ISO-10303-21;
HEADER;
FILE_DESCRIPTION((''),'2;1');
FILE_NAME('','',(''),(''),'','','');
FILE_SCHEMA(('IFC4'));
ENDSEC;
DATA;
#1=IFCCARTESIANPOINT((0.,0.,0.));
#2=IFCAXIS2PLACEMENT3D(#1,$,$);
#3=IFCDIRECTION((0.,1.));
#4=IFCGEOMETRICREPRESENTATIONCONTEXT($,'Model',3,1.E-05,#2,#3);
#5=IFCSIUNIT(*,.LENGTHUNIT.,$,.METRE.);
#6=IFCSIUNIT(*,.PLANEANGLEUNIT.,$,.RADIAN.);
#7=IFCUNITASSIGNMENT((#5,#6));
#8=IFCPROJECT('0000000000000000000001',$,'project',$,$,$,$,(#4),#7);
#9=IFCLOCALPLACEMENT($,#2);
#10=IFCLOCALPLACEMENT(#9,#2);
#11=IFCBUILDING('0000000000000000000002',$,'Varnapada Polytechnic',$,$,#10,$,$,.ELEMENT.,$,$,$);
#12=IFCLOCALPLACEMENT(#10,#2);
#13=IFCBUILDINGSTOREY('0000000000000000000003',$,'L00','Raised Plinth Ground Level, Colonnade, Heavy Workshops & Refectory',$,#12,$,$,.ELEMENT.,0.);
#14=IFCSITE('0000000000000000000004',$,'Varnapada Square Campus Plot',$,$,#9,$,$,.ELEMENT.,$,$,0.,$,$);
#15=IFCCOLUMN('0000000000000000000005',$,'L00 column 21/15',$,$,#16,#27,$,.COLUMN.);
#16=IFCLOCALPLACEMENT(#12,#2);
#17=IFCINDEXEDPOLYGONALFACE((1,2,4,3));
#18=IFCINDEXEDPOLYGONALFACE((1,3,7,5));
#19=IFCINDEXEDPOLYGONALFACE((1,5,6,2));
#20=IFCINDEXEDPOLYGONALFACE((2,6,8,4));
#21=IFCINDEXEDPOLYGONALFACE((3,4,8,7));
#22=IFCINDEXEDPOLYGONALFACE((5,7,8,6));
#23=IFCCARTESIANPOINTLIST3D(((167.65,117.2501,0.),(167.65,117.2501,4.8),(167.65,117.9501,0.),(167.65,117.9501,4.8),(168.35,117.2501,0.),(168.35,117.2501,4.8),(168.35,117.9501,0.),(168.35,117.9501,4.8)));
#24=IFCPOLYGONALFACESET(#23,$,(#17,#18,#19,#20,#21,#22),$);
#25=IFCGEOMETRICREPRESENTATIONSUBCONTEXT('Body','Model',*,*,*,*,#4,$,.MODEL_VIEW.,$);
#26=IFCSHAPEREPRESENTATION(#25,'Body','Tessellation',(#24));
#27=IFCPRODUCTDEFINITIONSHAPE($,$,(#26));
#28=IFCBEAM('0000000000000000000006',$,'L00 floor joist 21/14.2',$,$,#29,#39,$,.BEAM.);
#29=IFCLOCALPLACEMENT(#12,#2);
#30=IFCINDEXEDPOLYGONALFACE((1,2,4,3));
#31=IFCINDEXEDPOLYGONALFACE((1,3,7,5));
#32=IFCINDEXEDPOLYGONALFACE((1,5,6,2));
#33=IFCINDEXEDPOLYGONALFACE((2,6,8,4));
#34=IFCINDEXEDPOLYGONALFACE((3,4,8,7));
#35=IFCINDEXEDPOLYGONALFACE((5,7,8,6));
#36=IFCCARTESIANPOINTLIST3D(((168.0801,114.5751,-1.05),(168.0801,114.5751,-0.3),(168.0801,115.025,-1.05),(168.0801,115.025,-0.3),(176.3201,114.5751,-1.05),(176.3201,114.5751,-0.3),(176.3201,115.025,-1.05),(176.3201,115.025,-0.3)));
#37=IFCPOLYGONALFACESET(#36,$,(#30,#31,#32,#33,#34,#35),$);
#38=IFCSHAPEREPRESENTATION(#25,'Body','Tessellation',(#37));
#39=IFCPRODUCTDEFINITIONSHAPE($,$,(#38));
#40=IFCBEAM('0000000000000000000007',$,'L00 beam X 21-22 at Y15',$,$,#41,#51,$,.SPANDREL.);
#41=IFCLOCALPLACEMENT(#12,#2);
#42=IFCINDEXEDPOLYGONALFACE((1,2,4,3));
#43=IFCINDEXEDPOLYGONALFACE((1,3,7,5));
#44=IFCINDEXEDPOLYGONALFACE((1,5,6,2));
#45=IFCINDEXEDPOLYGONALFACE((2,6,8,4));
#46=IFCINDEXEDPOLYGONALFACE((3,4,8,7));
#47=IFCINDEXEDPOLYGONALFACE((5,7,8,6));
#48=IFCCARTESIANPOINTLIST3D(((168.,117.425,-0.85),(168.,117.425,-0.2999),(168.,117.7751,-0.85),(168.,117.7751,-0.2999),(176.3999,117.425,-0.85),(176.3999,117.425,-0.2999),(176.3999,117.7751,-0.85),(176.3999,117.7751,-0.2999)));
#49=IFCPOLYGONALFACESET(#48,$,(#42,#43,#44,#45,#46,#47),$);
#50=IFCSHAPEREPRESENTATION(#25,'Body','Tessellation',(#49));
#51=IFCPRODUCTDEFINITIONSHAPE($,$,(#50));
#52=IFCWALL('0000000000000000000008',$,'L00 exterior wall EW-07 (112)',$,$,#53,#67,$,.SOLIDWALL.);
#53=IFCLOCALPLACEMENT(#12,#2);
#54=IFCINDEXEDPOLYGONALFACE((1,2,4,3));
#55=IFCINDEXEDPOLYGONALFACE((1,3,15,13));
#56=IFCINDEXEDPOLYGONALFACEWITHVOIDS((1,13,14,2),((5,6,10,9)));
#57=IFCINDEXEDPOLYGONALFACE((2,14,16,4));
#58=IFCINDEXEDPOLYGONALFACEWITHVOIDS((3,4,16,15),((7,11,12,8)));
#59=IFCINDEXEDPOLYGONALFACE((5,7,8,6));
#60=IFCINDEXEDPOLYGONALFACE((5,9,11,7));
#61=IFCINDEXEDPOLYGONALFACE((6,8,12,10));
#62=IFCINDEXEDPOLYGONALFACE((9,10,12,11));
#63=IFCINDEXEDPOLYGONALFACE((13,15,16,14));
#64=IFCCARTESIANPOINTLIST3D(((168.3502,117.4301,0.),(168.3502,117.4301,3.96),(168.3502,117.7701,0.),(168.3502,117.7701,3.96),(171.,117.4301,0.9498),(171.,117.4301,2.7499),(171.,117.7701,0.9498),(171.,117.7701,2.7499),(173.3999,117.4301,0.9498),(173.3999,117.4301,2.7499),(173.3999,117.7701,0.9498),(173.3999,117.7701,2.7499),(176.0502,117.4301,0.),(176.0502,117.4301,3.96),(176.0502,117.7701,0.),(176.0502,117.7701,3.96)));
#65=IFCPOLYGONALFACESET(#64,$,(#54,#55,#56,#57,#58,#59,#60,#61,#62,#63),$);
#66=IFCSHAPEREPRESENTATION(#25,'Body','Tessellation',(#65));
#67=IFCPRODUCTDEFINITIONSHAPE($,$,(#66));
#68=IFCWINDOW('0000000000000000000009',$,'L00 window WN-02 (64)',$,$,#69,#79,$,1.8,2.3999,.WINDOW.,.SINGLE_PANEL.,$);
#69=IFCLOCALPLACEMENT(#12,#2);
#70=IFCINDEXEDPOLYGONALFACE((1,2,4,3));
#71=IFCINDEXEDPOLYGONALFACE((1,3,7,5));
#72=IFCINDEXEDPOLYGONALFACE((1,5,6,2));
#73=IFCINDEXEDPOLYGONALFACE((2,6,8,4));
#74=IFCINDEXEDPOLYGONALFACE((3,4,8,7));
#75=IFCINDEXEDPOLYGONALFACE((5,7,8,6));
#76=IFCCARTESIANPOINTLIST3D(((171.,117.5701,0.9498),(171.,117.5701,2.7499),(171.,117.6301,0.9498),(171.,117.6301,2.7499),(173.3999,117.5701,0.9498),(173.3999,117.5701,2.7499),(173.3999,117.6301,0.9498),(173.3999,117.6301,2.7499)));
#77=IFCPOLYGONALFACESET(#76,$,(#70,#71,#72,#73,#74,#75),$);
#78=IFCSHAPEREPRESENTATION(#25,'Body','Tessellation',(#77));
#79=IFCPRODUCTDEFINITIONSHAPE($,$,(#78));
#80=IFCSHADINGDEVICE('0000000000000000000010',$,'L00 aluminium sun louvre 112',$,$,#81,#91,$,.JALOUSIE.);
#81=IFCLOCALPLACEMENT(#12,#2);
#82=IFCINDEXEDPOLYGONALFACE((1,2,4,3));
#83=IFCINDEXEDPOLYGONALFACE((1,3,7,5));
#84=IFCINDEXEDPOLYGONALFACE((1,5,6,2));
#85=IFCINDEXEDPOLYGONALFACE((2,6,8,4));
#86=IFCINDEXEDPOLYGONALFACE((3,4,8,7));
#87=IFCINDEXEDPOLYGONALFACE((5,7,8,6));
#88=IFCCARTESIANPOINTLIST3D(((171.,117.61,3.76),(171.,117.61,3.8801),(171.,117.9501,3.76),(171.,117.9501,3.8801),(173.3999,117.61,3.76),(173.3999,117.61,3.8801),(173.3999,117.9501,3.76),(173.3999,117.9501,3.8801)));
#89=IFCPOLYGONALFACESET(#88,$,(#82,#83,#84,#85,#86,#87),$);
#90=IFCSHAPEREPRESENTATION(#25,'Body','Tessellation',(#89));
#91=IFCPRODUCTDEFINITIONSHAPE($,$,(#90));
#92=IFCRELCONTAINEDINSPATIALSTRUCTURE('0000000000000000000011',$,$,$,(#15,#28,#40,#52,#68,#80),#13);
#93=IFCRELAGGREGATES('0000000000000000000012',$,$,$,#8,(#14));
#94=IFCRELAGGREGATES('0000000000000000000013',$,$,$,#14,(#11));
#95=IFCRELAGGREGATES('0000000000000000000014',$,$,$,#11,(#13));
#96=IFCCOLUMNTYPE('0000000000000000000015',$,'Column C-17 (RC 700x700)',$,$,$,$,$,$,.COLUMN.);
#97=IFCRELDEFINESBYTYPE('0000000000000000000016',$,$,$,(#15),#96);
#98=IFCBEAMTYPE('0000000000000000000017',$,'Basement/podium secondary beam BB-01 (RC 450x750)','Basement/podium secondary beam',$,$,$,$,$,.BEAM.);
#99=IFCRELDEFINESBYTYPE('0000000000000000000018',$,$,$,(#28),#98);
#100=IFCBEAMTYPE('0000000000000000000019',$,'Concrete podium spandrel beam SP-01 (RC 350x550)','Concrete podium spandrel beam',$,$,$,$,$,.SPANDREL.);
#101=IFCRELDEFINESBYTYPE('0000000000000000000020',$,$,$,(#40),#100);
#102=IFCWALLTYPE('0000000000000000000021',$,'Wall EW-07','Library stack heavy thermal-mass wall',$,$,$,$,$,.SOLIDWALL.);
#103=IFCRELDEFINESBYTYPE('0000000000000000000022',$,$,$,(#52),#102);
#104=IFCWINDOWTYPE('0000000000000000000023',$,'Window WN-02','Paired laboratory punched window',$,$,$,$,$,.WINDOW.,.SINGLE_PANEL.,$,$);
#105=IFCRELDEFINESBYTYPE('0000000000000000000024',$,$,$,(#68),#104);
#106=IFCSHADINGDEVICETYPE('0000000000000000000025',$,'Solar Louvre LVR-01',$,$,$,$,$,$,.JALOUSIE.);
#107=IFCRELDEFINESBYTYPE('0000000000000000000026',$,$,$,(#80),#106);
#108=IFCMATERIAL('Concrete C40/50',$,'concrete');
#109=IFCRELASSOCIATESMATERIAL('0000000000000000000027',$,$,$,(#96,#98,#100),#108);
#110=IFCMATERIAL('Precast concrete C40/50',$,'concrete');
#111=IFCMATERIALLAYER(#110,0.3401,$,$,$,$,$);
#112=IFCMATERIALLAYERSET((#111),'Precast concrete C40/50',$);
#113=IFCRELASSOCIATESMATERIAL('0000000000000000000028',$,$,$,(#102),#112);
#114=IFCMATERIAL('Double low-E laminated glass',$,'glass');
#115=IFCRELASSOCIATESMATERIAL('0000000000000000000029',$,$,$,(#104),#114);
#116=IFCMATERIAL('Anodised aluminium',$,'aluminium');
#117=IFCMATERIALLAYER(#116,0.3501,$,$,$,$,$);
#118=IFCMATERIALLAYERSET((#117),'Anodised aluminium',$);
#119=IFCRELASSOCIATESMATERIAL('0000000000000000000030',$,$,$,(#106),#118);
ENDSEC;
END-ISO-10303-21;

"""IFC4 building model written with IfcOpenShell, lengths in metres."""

from ifc_helpers import new_model, si_unit, direction, frame, frame_2d, origin, origin_2d, place, context, subcontext, project, spatial, rectangle, extrude, material, layer, layer_set, material_profile, profile_set, type_object, element, fill, save


model = new_model("IFC4")

# Units and contexts
model_context = context("Model", 3, precision=1e-05, world=origin(), true_north=direction((0.0, 1.0)))
body_context = subcontext(model_context, "Body", "Model", "MODEL_VIEW")
ifc_project = project(units=[si_unit("LENGTHUNIT", "METRE"), si_unit("PLANEANGLEUNIT", "RADIAN")], contexts=[model_context])

# Site, building, storey
site_placement = place(None, origin())
site = spatial("IfcSite", under=ifc_project, at=site_placement, Name="Varnapada Square Campus Plot", CompositionType="ELEMENT", RefElevation=0.0)
building_placement = place(site_placement, origin())
building = spatial("IfcBuilding", under=site, at=building_placement, Name="Varnapada Polytechnic", CompositionType="ELEMENT")
storey_placement = place(building_placement, origin())
storey = spatial("IfcBuildingStorey", under=building, at=storey_placement, Name="L00", Description="Raised Plinth Ground Level, Colonnade, Heavy Workshops & Refectory", CompositionType="ELEMENT", Elevation=0.0)

# Column
ifc_material_1 = material(Name="Concrete C40/50", Category="concrete")
ifc_material_profile_1 = material_profile(ifc_material_1, rectangle(XDim=0.7, YDim=0.7, at=origin_2d()), Name="RC 700x700")
ifc_profile_set_1 = profile_set([ifc_material_profile_1], Name="Concrete C40/50")
column_type = type_object("IfcColumnType", Name="Column C-17 (RC 700x700)", PredefinedType="COLUMN", material=ifc_profile_set_1)
column_placement = place(storey_placement, frame((168.0, 117.6001, 0.0), z_axis=(0.0, 0.0, 1.0), x_axis=(1.0, 0.0, 0.0)))
element("IfcColumn", 1, at=column_placement, inside=storey, type_object=column_type, Name="L00 column 21/15", PredefinedType="COLUMN", context=body_context, shape_type="SweptSolid", body=[
    extrude(rectangle(XDim=0.7, YDim=0.7, at=origin_2d()), origin(), (0.0, 0.0, 1.0), 4.8),
])

# Beams
ifc_material_profile_2 = material_profile(ifc_material_1, rectangle(XDim=0.45, YDim=0.75, at=origin_2d()), Name="RC 450x750")
ifc_profile_set_2 = profile_set([ifc_material_profile_2], Name="Concrete C40/50")
beam_type_1 = type_object("IfcBeamType", Name="Basement/podium secondary beam BB-01 (RC 450x750)", Description="Basement/podium secondary beam", PredefinedType="BEAM", material=ifc_profile_set_2)
beam_1_placement = place(storey_placement, frame((168.0801, 114.8, -0.675), z_axis=(1.0, 0.0, 0.0), x_axis=(0.0, 1.0, 0.0)))
element("IfcBeam", 2, at=beam_1_placement, inside=storey, type_object=beam_type_1, Name="L00 floor joist 21/14.2", PredefinedType="BEAM", context=body_context, shape_type="SweptSolid", body=[
    extrude(rectangle(XDim=0.45, YDim=0.75, at=origin_2d()), origin(), (0.0, 0.0, 1.0), 8.24),
])
ifc_material_profile_3 = material_profile(ifc_material_1, rectangle(XDim=0.3501, YDim=0.55, at=origin_2d()), Name="RC 350x550")
ifc_profile_set_3 = profile_set([ifc_material_profile_3], Name="Concrete C40/50")
beam_type_2 = type_object("IfcBeamType", Name="Concrete podium spandrel beam SP-01 (RC 350x550)", Description="Concrete podium spandrel beam", PredefinedType="SPANDREL", material=ifc_profile_set_3)
beam_2_placement = place(storey_placement, frame((168.0, 117.6001, -0.575), z_axis=(1.0, 0.0, 0.0), x_axis=(0.0, 1.0, 0.0)))
element("IfcBeam", 3, at=beam_2_placement, inside=storey, type_object=beam_type_2, Name="L00 beam X 21-22 at Y15", PredefinedType="SPANDREL", context=body_context, shape_type="SweptSolid", body=[
    extrude(rectangle(XDim=0.3501, YDim=0.55, at=origin_2d()), origin(), (0.0, 0.0, 1.0), 8.3999),
])

# Wall, opening, window
ifc_material_2 = material(Name="Precast concrete C40/50", Category="concrete")
ifc_layer_1 = layer(ifc_material_2, 0.3401)
ifc_layer_set_1 = layer_set([ifc_layer_1], Name="Precast concrete C40/50")
wall_type = type_object("IfcWallType", Name="Wall EW-07", Description="Library stack heavy thermal-mass wall", PredefinedType="SOLIDWALL", material=ifc_layer_set_1)
wall_placement = place(storey_placement, frame((168.3501, 117.6001, 0.0), z_axis=(0.0, 0.0, 1.0), x_axis=(1.0, 0.0, 0.0)))
wall = element("IfcWall", 4, at=wall_placement, inside=storey, type_object=wall_type, Name="L00 exterior wall EW-07 (112)", PredefinedType="SOLIDWALL", context=body_context, shape_type="SweptSolid", body=[
    extrude(rectangle(XDim=7.7, YDim=0.3401, at=frame_2d((3.8501, 0.0))), origin(), (0.0, 0.0, 1.0), 3.96),
])
opening_1_placement = place(wall_placement, frame((2.6499, 0.0, 0.95)))
opening_1 = element("IfcOpeningElement", 5, at=opening_1_placement, cuts=wall, PredefinedType="OPENING", context=body_context, shape_type="SweptSolid", body=[
    extrude(rectangle(XDim=2.3999, YDim=1.8, at=frame_2d((1.2, 0.8999))), frame((0.0, 0.1799, 0.0), z_axis=(0.0, -1.0, 0.0), x_axis=(1.0, 0.0, 0.0)), (0.0, 0.0, 1.0), 0.3601),
])
ifc_material_3 = material(Name="Double low-E laminated glass", Category="glass")
window_type = type_object("IfcWindowType", Name="Window WN-02", Description="Paired laboratory punched window", PartitioningType="SINGLE_PANEL", PredefinedType="WINDOW", material=ifc_material_3)
window_placement = place(opening_1_placement, origin())
window = element("IfcWindow", 6, at=window_placement, inside=storey, type_object=window_type, Name="L00 window WN-02 (64)", OverallHeight=1.8, OverallWidth=2.3999, PartitioningType="SINGLE_PANEL", PredefinedType="WINDOW", context=body_context, shape_type="SweptSolid", body=[
    extrude(rectangle(XDim=2.3999, YDim=1.8, at=frame_2d((1.2, 0.8999))), frame((0.0, 0.03, 0.0), z_axis=(0.0, -1.0, 0.0), x_axis=(1.0, 0.0, 0.0)), (0.0, 0.0, 1.0), 0.0601),
])
fill(opening_1, window)

# Shading device
ifc_material_4 = material(Name="Anodised aluminium", Category="aluminium")
ifc_layer_2 = layer(ifc_material_4, 0.3501)
ifc_layer_set_2 = layer_set([ifc_layer_2], Name="Anodised aluminium")
shading_device_type = type_object("IfcShadingDeviceType", Name="Solar Louvre LVR-01", PredefinedType="JALOUSIE", material=ifc_layer_set_2)
shading_device_placement = place(storey_placement, frame((172.2, 117.78, 3.76), z_axis=(0.0, 0.0, 1.0), x_axis=(1.0, 0.0, 0.0)))
element("IfcShadingDevice", 7, at=shading_device_placement, inside=storey, type_object=shading_device_type, Name="L00 aluminium sun louvre 112", PredefinedType="JALOUSIE", context=body_context, shape_type="SweptSolid", body=[
    extrude(rectangle(XDim=2.3999, YDim=0.3401, at=origin_2d()), origin(), (0.0, 0.0, 1.0), 0.1201),
])

save(model, "model.ifc")
